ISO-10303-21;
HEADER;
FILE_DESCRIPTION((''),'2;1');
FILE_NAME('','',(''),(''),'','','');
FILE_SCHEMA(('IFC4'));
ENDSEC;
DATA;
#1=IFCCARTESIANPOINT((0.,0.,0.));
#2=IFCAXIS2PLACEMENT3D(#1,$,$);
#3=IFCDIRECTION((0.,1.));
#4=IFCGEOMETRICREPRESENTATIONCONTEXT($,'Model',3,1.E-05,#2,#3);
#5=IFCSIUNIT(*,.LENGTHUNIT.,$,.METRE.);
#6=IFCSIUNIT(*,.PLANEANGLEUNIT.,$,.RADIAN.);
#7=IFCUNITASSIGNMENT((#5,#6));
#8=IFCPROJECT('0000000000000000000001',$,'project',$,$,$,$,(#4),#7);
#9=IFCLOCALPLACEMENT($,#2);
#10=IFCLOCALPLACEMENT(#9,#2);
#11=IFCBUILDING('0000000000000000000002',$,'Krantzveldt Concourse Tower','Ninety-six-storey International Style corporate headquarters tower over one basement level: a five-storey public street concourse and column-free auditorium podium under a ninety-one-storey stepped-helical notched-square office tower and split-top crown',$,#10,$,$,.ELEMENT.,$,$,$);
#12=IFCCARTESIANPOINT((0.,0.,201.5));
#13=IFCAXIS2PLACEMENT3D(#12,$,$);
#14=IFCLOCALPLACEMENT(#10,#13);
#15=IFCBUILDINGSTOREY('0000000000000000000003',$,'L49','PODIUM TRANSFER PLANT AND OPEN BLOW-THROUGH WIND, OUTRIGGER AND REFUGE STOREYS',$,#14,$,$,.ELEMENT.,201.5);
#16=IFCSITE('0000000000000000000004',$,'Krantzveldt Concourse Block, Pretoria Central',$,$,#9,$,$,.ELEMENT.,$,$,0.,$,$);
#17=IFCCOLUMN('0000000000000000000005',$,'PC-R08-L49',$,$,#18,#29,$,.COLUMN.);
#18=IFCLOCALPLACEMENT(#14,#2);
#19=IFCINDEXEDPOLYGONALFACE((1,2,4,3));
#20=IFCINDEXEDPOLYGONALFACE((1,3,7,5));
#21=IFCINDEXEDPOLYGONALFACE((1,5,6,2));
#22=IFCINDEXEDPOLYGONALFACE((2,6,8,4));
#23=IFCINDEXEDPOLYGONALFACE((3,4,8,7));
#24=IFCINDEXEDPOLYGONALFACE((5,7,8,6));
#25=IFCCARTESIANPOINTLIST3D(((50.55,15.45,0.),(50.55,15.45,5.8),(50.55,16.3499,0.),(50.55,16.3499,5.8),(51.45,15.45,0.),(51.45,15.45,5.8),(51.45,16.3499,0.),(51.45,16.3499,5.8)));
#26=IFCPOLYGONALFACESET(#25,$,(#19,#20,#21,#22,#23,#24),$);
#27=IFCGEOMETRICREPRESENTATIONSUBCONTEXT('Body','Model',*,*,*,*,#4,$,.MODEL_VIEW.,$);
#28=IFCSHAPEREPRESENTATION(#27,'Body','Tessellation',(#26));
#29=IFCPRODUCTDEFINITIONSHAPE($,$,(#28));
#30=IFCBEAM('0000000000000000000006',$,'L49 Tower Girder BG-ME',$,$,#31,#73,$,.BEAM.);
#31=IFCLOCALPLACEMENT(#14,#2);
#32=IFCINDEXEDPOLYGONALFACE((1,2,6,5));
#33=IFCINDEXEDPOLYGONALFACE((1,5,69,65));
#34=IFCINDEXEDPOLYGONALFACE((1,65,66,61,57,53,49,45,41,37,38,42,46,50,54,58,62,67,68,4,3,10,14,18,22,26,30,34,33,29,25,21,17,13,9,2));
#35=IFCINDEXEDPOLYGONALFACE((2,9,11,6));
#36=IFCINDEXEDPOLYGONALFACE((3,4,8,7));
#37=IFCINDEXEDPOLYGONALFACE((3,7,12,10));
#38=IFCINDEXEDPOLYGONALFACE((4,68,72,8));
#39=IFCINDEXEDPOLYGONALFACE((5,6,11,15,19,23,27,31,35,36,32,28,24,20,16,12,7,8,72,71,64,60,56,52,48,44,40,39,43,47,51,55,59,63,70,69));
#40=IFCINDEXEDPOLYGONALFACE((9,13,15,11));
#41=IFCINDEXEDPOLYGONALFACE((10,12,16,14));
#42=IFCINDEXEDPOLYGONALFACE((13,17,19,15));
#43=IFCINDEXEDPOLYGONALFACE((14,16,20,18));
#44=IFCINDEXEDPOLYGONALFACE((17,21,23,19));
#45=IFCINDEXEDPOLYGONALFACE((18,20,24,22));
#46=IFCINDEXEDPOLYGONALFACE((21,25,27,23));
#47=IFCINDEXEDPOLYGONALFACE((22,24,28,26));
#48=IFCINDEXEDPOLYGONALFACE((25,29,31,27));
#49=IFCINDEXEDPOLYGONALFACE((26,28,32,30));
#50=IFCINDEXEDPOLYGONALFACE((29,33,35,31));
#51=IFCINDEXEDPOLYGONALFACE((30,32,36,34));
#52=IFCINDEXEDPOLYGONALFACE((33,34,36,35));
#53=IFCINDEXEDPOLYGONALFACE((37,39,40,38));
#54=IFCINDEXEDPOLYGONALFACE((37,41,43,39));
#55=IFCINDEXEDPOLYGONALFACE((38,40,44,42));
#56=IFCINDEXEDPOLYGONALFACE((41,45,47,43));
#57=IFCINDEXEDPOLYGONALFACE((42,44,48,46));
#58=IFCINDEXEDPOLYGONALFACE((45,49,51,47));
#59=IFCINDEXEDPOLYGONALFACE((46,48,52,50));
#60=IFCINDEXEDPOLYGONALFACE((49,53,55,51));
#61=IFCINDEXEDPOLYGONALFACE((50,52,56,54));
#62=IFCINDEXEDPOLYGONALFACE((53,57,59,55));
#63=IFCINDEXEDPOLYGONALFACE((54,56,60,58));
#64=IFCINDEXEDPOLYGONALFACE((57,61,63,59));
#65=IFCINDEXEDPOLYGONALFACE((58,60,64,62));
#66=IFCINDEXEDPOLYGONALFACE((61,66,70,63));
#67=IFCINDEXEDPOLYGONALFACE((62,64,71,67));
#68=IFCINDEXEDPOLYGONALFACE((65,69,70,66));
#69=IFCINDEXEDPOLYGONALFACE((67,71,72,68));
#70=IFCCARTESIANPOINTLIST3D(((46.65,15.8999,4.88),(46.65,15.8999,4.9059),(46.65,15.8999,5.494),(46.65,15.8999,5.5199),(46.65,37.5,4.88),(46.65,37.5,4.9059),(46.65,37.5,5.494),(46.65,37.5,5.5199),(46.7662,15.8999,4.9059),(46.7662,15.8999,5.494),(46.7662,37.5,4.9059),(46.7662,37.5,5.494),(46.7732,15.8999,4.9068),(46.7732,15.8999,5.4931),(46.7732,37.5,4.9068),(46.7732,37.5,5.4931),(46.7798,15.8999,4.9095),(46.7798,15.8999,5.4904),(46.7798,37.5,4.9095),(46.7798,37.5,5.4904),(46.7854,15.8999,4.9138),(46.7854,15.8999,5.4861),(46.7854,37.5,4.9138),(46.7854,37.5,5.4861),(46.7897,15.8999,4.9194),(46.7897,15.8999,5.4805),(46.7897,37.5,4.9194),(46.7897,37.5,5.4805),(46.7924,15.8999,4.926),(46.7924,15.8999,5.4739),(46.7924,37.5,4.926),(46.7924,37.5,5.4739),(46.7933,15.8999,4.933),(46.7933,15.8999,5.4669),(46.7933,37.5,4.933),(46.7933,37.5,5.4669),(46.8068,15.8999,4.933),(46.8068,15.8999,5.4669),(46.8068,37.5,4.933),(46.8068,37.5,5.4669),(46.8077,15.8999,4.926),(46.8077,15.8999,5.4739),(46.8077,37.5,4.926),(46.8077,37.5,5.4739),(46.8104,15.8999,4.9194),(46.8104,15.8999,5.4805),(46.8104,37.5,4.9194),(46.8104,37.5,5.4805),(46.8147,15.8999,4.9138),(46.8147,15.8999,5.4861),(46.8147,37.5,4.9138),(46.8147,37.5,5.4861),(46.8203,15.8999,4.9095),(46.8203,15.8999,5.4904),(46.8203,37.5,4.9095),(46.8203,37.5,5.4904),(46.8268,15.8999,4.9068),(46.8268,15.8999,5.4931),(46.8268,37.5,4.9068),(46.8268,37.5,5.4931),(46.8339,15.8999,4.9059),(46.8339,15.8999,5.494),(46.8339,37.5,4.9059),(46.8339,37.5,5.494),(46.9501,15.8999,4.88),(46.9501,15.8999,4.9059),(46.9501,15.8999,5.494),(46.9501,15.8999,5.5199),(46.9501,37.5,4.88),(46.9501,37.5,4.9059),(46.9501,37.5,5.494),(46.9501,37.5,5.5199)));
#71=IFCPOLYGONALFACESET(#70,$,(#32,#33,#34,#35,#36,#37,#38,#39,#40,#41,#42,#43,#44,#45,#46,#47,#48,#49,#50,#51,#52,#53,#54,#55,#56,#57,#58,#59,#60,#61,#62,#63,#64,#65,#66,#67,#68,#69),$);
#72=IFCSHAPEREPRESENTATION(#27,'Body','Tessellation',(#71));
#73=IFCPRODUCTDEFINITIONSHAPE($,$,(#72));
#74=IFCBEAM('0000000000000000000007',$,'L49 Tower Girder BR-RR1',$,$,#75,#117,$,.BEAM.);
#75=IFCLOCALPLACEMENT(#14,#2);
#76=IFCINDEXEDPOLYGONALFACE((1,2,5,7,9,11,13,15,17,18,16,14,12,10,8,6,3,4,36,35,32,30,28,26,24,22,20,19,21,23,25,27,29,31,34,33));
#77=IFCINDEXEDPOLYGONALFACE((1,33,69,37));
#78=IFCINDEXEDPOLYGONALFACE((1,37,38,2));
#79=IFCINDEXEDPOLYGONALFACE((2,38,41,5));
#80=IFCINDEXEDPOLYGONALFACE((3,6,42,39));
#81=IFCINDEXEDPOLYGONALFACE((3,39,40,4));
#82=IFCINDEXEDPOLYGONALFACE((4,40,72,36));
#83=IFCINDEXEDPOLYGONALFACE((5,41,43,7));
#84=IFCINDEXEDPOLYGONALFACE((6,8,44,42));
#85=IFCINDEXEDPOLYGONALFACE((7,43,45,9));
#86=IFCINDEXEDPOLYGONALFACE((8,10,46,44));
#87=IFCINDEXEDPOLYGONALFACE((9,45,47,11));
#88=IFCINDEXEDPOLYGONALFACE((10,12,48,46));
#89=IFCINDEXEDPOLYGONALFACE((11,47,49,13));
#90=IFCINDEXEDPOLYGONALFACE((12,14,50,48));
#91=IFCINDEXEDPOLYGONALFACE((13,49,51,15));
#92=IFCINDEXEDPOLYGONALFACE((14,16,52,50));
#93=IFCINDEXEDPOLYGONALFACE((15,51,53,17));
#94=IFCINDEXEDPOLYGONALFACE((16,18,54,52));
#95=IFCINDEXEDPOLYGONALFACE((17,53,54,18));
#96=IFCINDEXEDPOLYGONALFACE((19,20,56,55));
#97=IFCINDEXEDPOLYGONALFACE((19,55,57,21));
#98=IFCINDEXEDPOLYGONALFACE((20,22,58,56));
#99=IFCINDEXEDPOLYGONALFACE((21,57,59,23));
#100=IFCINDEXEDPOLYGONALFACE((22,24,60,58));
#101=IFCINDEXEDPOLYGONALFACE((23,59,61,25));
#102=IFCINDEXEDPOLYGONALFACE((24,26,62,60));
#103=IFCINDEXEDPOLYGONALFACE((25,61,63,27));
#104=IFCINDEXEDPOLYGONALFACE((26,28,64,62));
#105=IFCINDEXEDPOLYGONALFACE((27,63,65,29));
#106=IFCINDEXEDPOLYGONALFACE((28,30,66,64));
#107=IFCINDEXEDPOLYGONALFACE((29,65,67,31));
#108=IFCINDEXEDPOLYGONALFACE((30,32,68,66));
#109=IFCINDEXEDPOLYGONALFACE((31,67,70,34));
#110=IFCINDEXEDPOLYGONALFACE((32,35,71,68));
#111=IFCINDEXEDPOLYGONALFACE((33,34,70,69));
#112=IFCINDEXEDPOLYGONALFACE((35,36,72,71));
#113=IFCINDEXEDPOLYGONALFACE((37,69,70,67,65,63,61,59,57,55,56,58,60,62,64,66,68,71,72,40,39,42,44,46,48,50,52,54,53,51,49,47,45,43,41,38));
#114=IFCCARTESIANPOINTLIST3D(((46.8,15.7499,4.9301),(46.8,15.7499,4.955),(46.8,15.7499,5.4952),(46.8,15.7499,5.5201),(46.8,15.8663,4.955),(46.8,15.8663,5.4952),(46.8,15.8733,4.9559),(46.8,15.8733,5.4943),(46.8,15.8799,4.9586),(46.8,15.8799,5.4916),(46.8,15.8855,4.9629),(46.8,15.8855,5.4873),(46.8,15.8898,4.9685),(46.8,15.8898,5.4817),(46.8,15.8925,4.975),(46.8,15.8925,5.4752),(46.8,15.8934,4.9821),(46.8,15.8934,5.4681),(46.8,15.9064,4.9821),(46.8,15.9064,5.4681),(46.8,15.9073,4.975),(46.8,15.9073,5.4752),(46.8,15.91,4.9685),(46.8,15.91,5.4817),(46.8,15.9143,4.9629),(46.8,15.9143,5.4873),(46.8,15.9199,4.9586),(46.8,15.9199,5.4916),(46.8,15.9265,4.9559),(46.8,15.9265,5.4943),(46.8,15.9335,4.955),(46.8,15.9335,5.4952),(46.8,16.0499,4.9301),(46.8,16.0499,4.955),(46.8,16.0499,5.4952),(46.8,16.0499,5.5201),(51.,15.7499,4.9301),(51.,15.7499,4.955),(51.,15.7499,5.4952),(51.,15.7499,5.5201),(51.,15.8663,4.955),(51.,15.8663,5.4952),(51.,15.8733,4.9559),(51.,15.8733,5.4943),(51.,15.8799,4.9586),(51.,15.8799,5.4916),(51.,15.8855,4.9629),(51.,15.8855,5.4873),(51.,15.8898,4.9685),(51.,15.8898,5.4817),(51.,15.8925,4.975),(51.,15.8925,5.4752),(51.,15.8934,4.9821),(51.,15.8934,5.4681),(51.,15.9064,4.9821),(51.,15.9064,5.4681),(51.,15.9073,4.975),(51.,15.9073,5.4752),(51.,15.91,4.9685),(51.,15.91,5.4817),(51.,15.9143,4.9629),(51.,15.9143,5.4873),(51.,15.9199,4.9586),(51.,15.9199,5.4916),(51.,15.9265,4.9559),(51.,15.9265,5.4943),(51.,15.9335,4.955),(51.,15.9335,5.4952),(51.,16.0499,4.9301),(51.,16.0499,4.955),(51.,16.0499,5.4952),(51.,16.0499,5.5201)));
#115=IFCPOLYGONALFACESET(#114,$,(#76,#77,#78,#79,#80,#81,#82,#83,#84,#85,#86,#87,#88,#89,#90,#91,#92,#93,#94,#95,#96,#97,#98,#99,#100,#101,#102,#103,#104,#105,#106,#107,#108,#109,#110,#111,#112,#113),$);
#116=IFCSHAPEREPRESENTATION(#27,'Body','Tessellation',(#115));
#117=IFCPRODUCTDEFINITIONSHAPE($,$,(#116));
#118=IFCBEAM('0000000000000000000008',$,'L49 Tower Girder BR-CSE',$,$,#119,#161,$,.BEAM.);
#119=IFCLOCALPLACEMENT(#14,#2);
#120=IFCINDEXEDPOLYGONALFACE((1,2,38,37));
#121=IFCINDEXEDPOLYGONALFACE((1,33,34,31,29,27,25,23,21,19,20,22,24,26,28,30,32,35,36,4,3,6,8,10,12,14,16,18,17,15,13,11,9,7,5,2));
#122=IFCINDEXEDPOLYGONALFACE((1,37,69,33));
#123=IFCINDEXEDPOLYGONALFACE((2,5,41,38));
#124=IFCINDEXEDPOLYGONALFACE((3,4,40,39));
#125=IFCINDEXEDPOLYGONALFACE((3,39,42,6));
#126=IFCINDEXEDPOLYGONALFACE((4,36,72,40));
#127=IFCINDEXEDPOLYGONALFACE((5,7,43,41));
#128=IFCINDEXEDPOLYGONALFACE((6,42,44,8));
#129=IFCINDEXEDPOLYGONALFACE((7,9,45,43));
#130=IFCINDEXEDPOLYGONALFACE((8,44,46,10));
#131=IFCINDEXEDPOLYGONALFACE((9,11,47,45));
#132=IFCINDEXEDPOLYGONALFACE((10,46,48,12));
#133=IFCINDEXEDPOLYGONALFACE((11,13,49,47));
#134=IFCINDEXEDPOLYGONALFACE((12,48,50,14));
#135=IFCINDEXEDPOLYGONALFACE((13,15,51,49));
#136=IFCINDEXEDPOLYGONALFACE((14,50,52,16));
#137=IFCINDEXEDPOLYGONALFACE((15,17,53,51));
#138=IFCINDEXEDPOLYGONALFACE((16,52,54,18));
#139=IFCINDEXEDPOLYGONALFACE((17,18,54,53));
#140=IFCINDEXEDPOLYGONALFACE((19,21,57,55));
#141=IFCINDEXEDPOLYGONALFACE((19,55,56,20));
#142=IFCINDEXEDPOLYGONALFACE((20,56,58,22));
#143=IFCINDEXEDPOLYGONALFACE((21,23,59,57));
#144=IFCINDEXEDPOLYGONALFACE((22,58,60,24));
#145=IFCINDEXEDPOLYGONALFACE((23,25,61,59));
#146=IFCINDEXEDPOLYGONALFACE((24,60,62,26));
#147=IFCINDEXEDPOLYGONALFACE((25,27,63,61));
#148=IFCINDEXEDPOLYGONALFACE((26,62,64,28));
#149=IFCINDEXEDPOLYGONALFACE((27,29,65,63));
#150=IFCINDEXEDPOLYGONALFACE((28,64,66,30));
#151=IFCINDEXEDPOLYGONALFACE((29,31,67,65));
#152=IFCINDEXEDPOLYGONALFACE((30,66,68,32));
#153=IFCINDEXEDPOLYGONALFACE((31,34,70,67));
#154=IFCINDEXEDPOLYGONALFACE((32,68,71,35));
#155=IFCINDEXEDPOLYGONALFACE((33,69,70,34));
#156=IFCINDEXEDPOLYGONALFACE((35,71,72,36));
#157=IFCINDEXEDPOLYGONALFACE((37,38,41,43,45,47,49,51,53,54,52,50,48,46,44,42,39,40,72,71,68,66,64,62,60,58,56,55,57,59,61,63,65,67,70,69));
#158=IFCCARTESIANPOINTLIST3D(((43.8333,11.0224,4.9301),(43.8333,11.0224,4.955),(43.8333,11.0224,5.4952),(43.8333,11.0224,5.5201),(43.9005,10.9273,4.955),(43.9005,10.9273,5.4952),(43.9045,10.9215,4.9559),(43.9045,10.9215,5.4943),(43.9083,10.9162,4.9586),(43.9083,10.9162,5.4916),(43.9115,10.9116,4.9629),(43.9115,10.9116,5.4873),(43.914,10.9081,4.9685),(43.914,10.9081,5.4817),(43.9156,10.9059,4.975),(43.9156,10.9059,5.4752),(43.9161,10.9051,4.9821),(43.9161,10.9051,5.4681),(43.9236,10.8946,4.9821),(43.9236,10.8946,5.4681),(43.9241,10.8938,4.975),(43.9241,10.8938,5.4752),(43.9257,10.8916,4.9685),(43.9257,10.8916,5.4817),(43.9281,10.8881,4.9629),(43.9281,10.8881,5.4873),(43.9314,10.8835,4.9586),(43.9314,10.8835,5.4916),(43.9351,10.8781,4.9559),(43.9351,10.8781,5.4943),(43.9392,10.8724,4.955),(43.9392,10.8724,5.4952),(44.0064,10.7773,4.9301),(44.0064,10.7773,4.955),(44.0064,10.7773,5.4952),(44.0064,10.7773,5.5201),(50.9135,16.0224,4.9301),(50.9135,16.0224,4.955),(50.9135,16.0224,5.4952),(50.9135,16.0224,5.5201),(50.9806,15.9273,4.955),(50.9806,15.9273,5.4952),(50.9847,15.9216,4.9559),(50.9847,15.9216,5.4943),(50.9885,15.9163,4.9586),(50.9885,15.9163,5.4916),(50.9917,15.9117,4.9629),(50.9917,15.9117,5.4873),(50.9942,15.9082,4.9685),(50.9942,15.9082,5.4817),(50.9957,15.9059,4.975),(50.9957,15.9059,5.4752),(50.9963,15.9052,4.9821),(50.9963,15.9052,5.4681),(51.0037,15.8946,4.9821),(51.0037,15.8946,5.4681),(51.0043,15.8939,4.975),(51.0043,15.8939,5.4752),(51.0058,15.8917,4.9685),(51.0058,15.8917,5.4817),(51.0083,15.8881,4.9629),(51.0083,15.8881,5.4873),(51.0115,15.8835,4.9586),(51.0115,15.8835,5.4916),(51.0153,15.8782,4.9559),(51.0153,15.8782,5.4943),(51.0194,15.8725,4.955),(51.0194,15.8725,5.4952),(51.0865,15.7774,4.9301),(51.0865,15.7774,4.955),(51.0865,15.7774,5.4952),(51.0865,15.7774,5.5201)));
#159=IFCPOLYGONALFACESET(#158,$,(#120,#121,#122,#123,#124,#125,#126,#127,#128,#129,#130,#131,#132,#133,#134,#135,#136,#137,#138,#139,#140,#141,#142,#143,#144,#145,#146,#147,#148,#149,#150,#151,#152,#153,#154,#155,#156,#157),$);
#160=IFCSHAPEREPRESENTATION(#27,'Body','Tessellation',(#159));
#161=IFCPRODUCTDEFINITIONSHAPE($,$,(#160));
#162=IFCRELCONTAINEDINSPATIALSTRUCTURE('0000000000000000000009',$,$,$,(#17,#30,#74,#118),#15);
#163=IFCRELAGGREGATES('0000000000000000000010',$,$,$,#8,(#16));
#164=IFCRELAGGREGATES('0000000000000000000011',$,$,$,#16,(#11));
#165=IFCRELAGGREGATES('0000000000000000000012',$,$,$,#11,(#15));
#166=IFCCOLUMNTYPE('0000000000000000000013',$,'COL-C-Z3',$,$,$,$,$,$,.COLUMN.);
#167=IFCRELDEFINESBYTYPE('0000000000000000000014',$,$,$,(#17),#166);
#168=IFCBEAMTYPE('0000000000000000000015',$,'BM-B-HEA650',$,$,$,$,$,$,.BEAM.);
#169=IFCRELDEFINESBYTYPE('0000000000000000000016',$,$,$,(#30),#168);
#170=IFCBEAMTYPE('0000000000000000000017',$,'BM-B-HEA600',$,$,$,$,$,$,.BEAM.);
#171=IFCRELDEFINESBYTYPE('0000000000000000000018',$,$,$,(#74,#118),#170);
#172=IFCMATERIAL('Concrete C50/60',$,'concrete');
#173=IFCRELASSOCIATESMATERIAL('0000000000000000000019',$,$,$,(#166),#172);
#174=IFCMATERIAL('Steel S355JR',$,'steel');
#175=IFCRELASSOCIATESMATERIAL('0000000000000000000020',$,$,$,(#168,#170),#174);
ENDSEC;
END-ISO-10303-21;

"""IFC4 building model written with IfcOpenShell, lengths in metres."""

from ifc_helpers import new_model, si_unit, direction, frame, origin, origin_2d, place, context, subcontext, project, spatial, rectangle, i_section, extrude, source, transform, mapped, material, material_profile, profile_set, type_object, type_shapes, element, save


model = new_model("IFC4")

# Units and contexts
model_context = context("Model", 3, precision=1e-05, world=origin(), true_north=direction((0.0, 1.0)))
body_context = subcontext(model_context, "Body", "Model", "MODEL_VIEW")
ifc_project = project(units=[si_unit("LENGTHUNIT", "METRE"), si_unit("PLANEANGLEUNIT", "RADIAN")], contexts=[model_context])

# Site, building, storey
site_placement = place(None, origin())
site = spatial("IfcSite", under=ifc_project, at=site_placement, Name="Krantzveldt Concourse Block, Pretoria Central", CompositionType="ELEMENT", RefElevation=0.0)
building_placement = place(site_placement, origin())
building = spatial("IfcBuilding", under=site, at=building_placement, Name="Krantzveldt Concourse Tower", Description="Ninety-six-storey International Style corporate headquarters tower over one basement level: a five-storey public street concourse and column-free auditorium podium under a ninety-one-storey stepped-helical notched-square office tower and split-top crown", CompositionType="ELEMENT")
storey_placement = place(building_placement, frame((0.0, 0.0, 201.5)))
storey = spatial("IfcBuildingStorey", under=building, at=storey_placement, Name="L49", Description="PODIUM TRANSFER PLANT AND OPEN BLOW-THROUGH WIND, OUTRIGGER AND REFUGE STOREYS", CompositionType="ELEMENT", Elevation=201.5)

# Column
ifc_material_1 = material(Name="Concrete C50/60", Category="concrete")
ifc_material_profile_1 = material_profile(ifc_material_1, rectangle(XDim=0.8999, YDim=0.8999, at=origin_2d()), Name="Concrete C50/60", Category="concrete")
ifc_profile_set_1 = profile_set([ifc_material_profile_1], Name="Concrete C50/60 - RC 900x900")
column_type = type_object("IfcColumnType", Name="COL-C-Z3", PredefinedType="COLUMN", material=ifc_profile_set_1)
shared_shape_1 = source(origin(), body_context, "Body", "SweptSolid", [
    extrude(rectangle(XDim=0.8999, YDim=0.8999, at=origin_2d()), origin(), (0.0, 0.0, 1.0), 5.8),
])
type_shapes(column_type, [shared_shape_1])
column_placement = place(storey_placement, frame((51.0, 15.8999, 0.0), z_axis=(0.0, 0.0, 1.0), x_axis=(1.0, 0.0, 0.0)))
element("IfcColumn", 1, at=column_placement, inside=storey, type_object=column_type, Name="PC-R08-L49", PredefinedType="COLUMN", context=body_context, shape_type="MappedRepresentation", body=[
    mapped(shared_shape_1, transform((0.0, 0.0, 0.0), x_axis=(1.0, 0.0, 0.0), y_axis=(0.0, 1.0, 0.0), z_axis=(0.0, 0.0, 1.0), scale=1.0)),
])

# Beams
ifc_material_2 = material(Name="Steel S355JR", Category="steel")
ifc_material_profile_2 = material_profile(ifc_material_2, i_section(OverallWidth=0.3, OverallDepth=0.6399, WebThickness=0.0134, FlangeThickness=0.0259, FilletRadius=0.0271, at=origin_2d()), Name="Steel S355JR", Category="steel")
ifc_profile_set_2 = profile_set([ifc_material_profile_2], Name="Steel S355JR - HEA 650")
beam_type_1 = type_object("IfcBeamType", Name="BM-B-HEA650", PredefinedType="BEAM", material=ifc_profile_set_2)
shared_shape_2 = source(origin(), body_context, "Body", "SweptSolid", [
    extrude(i_section(OverallWidth=0.3, OverallDepth=0.6399, WebThickness=0.0134, FlangeThickness=0.0259, FilletRadius=0.0271, at=origin_2d()), origin(), (0.0, 0.0, 1.0), 21.6001),
])
type_shapes(beam_type_1, [shared_shape_2])
beam_1_placement = place(storey_placement, frame((46.8, 15.8999, 5.2), z_axis=(0.0, 1.0, 0.0), x_axis=(-1.0, 0.0, 0.0)))
element("IfcBeam", 2, at=beam_1_placement, inside=storey, type_object=beam_type_1, Name="L49 Tower Girder BG-ME", PredefinedType="BEAM", context=body_context, shape_type="MappedRepresentation", body=[
    mapped(shared_shape_2, transform((0.0, 0.0, 0.0), x_axis=(1.0, 0.0, 0.0), y_axis=(0.0, 1.0, 0.0), z_axis=(0.0, 0.0, 1.0), scale=1.0)),
])
ifc_material_profile_3 = material_profile(ifc_material_2, i_section(OverallWidth=0.3, OverallDepth=0.5901, WebThickness=0.0129, FlangeThickness=0.0249, FilletRadius=0.0271, at=origin_2d()), Name="Steel S355JR", Category="steel")
ifc_profile_set_3 = profile_set([ifc_material_profile_3], Name="Steel S355JR - HEA 600")
beam_type_2 = type_object("IfcBeamType", Name="BM-B-HEA600", PredefinedType="BEAM", material=ifc_profile_set_3)
shared_shape_3 = source(origin(), body_context, "Body", "SweptSolid", [
    extrude(i_section(OverallWidth=0.3, OverallDepth=0.5901, WebThickness=0.0129, FlangeThickness=0.0249, FilletRadius=0.0271, at=origin_2d()), origin(), (0.0, 0.0, 1.0), 4.2),
])
beam_2_placement = place(storey_placement, frame((46.8, 15.8999, 5.2251), z_axis=(1.0, 0.0, 0.0), x_axis=(0.0, 1.0, 0.0)))
element("IfcBeam", 3, at=beam_2_placement, inside=storey, type_object=beam_type_2, Name="L49 Tower Girder BR-RR1", PredefinedType="BEAM", context=body_context, shape_type="MappedRepresentation", body=[
    mapped(shared_shape_3, transform((0.0, 0.0, 0.0), x_axis=(1.0, 0.0, 0.0), y_axis=(0.0, 1.0, 0.0), z_axis=(0.0, 0.0, 1.0), scale=1.0)),
])
shared_shape_4 = source(origin(), body_context, "Body", "SweptSolid", [
    extrude(i_section(OverallWidth=0.3, OverallDepth=0.5901, WebThickness=0.0129, FlangeThickness=0.0249, FilletRadius=0.0271, at=origin_2d()), origin(), (0.0, 0.0, 1.0), 8.6677),
])
type_shapes(beam_type_2, [shared_shape_3, shared_shape_4])
beam_3_placement = place(storey_placement, frame((51.0, 15.8999, 5.2251), z_axis=(-0.816843, -0.57686, 0.0), x_axis=(0.57686, -0.816843, 0.0)))
element("IfcBeam", 4, at=beam_3_placement, inside=storey, type_object=beam_type_2, Name="L49 Tower Girder BR-CSE", PredefinedType="BEAM", context=body_context, shape_type="MappedRepresentation", body=[
    mapped(shared_shape_4, transform((0.0, 0.0, 0.0), x_axis=(1.0, 0.0, 0.0), y_axis=(0.0, 1.0, 0.0), z_axis=(0.0, 0.0, 1.0), scale=1.0)),
])

save(model, "model.ifc")
